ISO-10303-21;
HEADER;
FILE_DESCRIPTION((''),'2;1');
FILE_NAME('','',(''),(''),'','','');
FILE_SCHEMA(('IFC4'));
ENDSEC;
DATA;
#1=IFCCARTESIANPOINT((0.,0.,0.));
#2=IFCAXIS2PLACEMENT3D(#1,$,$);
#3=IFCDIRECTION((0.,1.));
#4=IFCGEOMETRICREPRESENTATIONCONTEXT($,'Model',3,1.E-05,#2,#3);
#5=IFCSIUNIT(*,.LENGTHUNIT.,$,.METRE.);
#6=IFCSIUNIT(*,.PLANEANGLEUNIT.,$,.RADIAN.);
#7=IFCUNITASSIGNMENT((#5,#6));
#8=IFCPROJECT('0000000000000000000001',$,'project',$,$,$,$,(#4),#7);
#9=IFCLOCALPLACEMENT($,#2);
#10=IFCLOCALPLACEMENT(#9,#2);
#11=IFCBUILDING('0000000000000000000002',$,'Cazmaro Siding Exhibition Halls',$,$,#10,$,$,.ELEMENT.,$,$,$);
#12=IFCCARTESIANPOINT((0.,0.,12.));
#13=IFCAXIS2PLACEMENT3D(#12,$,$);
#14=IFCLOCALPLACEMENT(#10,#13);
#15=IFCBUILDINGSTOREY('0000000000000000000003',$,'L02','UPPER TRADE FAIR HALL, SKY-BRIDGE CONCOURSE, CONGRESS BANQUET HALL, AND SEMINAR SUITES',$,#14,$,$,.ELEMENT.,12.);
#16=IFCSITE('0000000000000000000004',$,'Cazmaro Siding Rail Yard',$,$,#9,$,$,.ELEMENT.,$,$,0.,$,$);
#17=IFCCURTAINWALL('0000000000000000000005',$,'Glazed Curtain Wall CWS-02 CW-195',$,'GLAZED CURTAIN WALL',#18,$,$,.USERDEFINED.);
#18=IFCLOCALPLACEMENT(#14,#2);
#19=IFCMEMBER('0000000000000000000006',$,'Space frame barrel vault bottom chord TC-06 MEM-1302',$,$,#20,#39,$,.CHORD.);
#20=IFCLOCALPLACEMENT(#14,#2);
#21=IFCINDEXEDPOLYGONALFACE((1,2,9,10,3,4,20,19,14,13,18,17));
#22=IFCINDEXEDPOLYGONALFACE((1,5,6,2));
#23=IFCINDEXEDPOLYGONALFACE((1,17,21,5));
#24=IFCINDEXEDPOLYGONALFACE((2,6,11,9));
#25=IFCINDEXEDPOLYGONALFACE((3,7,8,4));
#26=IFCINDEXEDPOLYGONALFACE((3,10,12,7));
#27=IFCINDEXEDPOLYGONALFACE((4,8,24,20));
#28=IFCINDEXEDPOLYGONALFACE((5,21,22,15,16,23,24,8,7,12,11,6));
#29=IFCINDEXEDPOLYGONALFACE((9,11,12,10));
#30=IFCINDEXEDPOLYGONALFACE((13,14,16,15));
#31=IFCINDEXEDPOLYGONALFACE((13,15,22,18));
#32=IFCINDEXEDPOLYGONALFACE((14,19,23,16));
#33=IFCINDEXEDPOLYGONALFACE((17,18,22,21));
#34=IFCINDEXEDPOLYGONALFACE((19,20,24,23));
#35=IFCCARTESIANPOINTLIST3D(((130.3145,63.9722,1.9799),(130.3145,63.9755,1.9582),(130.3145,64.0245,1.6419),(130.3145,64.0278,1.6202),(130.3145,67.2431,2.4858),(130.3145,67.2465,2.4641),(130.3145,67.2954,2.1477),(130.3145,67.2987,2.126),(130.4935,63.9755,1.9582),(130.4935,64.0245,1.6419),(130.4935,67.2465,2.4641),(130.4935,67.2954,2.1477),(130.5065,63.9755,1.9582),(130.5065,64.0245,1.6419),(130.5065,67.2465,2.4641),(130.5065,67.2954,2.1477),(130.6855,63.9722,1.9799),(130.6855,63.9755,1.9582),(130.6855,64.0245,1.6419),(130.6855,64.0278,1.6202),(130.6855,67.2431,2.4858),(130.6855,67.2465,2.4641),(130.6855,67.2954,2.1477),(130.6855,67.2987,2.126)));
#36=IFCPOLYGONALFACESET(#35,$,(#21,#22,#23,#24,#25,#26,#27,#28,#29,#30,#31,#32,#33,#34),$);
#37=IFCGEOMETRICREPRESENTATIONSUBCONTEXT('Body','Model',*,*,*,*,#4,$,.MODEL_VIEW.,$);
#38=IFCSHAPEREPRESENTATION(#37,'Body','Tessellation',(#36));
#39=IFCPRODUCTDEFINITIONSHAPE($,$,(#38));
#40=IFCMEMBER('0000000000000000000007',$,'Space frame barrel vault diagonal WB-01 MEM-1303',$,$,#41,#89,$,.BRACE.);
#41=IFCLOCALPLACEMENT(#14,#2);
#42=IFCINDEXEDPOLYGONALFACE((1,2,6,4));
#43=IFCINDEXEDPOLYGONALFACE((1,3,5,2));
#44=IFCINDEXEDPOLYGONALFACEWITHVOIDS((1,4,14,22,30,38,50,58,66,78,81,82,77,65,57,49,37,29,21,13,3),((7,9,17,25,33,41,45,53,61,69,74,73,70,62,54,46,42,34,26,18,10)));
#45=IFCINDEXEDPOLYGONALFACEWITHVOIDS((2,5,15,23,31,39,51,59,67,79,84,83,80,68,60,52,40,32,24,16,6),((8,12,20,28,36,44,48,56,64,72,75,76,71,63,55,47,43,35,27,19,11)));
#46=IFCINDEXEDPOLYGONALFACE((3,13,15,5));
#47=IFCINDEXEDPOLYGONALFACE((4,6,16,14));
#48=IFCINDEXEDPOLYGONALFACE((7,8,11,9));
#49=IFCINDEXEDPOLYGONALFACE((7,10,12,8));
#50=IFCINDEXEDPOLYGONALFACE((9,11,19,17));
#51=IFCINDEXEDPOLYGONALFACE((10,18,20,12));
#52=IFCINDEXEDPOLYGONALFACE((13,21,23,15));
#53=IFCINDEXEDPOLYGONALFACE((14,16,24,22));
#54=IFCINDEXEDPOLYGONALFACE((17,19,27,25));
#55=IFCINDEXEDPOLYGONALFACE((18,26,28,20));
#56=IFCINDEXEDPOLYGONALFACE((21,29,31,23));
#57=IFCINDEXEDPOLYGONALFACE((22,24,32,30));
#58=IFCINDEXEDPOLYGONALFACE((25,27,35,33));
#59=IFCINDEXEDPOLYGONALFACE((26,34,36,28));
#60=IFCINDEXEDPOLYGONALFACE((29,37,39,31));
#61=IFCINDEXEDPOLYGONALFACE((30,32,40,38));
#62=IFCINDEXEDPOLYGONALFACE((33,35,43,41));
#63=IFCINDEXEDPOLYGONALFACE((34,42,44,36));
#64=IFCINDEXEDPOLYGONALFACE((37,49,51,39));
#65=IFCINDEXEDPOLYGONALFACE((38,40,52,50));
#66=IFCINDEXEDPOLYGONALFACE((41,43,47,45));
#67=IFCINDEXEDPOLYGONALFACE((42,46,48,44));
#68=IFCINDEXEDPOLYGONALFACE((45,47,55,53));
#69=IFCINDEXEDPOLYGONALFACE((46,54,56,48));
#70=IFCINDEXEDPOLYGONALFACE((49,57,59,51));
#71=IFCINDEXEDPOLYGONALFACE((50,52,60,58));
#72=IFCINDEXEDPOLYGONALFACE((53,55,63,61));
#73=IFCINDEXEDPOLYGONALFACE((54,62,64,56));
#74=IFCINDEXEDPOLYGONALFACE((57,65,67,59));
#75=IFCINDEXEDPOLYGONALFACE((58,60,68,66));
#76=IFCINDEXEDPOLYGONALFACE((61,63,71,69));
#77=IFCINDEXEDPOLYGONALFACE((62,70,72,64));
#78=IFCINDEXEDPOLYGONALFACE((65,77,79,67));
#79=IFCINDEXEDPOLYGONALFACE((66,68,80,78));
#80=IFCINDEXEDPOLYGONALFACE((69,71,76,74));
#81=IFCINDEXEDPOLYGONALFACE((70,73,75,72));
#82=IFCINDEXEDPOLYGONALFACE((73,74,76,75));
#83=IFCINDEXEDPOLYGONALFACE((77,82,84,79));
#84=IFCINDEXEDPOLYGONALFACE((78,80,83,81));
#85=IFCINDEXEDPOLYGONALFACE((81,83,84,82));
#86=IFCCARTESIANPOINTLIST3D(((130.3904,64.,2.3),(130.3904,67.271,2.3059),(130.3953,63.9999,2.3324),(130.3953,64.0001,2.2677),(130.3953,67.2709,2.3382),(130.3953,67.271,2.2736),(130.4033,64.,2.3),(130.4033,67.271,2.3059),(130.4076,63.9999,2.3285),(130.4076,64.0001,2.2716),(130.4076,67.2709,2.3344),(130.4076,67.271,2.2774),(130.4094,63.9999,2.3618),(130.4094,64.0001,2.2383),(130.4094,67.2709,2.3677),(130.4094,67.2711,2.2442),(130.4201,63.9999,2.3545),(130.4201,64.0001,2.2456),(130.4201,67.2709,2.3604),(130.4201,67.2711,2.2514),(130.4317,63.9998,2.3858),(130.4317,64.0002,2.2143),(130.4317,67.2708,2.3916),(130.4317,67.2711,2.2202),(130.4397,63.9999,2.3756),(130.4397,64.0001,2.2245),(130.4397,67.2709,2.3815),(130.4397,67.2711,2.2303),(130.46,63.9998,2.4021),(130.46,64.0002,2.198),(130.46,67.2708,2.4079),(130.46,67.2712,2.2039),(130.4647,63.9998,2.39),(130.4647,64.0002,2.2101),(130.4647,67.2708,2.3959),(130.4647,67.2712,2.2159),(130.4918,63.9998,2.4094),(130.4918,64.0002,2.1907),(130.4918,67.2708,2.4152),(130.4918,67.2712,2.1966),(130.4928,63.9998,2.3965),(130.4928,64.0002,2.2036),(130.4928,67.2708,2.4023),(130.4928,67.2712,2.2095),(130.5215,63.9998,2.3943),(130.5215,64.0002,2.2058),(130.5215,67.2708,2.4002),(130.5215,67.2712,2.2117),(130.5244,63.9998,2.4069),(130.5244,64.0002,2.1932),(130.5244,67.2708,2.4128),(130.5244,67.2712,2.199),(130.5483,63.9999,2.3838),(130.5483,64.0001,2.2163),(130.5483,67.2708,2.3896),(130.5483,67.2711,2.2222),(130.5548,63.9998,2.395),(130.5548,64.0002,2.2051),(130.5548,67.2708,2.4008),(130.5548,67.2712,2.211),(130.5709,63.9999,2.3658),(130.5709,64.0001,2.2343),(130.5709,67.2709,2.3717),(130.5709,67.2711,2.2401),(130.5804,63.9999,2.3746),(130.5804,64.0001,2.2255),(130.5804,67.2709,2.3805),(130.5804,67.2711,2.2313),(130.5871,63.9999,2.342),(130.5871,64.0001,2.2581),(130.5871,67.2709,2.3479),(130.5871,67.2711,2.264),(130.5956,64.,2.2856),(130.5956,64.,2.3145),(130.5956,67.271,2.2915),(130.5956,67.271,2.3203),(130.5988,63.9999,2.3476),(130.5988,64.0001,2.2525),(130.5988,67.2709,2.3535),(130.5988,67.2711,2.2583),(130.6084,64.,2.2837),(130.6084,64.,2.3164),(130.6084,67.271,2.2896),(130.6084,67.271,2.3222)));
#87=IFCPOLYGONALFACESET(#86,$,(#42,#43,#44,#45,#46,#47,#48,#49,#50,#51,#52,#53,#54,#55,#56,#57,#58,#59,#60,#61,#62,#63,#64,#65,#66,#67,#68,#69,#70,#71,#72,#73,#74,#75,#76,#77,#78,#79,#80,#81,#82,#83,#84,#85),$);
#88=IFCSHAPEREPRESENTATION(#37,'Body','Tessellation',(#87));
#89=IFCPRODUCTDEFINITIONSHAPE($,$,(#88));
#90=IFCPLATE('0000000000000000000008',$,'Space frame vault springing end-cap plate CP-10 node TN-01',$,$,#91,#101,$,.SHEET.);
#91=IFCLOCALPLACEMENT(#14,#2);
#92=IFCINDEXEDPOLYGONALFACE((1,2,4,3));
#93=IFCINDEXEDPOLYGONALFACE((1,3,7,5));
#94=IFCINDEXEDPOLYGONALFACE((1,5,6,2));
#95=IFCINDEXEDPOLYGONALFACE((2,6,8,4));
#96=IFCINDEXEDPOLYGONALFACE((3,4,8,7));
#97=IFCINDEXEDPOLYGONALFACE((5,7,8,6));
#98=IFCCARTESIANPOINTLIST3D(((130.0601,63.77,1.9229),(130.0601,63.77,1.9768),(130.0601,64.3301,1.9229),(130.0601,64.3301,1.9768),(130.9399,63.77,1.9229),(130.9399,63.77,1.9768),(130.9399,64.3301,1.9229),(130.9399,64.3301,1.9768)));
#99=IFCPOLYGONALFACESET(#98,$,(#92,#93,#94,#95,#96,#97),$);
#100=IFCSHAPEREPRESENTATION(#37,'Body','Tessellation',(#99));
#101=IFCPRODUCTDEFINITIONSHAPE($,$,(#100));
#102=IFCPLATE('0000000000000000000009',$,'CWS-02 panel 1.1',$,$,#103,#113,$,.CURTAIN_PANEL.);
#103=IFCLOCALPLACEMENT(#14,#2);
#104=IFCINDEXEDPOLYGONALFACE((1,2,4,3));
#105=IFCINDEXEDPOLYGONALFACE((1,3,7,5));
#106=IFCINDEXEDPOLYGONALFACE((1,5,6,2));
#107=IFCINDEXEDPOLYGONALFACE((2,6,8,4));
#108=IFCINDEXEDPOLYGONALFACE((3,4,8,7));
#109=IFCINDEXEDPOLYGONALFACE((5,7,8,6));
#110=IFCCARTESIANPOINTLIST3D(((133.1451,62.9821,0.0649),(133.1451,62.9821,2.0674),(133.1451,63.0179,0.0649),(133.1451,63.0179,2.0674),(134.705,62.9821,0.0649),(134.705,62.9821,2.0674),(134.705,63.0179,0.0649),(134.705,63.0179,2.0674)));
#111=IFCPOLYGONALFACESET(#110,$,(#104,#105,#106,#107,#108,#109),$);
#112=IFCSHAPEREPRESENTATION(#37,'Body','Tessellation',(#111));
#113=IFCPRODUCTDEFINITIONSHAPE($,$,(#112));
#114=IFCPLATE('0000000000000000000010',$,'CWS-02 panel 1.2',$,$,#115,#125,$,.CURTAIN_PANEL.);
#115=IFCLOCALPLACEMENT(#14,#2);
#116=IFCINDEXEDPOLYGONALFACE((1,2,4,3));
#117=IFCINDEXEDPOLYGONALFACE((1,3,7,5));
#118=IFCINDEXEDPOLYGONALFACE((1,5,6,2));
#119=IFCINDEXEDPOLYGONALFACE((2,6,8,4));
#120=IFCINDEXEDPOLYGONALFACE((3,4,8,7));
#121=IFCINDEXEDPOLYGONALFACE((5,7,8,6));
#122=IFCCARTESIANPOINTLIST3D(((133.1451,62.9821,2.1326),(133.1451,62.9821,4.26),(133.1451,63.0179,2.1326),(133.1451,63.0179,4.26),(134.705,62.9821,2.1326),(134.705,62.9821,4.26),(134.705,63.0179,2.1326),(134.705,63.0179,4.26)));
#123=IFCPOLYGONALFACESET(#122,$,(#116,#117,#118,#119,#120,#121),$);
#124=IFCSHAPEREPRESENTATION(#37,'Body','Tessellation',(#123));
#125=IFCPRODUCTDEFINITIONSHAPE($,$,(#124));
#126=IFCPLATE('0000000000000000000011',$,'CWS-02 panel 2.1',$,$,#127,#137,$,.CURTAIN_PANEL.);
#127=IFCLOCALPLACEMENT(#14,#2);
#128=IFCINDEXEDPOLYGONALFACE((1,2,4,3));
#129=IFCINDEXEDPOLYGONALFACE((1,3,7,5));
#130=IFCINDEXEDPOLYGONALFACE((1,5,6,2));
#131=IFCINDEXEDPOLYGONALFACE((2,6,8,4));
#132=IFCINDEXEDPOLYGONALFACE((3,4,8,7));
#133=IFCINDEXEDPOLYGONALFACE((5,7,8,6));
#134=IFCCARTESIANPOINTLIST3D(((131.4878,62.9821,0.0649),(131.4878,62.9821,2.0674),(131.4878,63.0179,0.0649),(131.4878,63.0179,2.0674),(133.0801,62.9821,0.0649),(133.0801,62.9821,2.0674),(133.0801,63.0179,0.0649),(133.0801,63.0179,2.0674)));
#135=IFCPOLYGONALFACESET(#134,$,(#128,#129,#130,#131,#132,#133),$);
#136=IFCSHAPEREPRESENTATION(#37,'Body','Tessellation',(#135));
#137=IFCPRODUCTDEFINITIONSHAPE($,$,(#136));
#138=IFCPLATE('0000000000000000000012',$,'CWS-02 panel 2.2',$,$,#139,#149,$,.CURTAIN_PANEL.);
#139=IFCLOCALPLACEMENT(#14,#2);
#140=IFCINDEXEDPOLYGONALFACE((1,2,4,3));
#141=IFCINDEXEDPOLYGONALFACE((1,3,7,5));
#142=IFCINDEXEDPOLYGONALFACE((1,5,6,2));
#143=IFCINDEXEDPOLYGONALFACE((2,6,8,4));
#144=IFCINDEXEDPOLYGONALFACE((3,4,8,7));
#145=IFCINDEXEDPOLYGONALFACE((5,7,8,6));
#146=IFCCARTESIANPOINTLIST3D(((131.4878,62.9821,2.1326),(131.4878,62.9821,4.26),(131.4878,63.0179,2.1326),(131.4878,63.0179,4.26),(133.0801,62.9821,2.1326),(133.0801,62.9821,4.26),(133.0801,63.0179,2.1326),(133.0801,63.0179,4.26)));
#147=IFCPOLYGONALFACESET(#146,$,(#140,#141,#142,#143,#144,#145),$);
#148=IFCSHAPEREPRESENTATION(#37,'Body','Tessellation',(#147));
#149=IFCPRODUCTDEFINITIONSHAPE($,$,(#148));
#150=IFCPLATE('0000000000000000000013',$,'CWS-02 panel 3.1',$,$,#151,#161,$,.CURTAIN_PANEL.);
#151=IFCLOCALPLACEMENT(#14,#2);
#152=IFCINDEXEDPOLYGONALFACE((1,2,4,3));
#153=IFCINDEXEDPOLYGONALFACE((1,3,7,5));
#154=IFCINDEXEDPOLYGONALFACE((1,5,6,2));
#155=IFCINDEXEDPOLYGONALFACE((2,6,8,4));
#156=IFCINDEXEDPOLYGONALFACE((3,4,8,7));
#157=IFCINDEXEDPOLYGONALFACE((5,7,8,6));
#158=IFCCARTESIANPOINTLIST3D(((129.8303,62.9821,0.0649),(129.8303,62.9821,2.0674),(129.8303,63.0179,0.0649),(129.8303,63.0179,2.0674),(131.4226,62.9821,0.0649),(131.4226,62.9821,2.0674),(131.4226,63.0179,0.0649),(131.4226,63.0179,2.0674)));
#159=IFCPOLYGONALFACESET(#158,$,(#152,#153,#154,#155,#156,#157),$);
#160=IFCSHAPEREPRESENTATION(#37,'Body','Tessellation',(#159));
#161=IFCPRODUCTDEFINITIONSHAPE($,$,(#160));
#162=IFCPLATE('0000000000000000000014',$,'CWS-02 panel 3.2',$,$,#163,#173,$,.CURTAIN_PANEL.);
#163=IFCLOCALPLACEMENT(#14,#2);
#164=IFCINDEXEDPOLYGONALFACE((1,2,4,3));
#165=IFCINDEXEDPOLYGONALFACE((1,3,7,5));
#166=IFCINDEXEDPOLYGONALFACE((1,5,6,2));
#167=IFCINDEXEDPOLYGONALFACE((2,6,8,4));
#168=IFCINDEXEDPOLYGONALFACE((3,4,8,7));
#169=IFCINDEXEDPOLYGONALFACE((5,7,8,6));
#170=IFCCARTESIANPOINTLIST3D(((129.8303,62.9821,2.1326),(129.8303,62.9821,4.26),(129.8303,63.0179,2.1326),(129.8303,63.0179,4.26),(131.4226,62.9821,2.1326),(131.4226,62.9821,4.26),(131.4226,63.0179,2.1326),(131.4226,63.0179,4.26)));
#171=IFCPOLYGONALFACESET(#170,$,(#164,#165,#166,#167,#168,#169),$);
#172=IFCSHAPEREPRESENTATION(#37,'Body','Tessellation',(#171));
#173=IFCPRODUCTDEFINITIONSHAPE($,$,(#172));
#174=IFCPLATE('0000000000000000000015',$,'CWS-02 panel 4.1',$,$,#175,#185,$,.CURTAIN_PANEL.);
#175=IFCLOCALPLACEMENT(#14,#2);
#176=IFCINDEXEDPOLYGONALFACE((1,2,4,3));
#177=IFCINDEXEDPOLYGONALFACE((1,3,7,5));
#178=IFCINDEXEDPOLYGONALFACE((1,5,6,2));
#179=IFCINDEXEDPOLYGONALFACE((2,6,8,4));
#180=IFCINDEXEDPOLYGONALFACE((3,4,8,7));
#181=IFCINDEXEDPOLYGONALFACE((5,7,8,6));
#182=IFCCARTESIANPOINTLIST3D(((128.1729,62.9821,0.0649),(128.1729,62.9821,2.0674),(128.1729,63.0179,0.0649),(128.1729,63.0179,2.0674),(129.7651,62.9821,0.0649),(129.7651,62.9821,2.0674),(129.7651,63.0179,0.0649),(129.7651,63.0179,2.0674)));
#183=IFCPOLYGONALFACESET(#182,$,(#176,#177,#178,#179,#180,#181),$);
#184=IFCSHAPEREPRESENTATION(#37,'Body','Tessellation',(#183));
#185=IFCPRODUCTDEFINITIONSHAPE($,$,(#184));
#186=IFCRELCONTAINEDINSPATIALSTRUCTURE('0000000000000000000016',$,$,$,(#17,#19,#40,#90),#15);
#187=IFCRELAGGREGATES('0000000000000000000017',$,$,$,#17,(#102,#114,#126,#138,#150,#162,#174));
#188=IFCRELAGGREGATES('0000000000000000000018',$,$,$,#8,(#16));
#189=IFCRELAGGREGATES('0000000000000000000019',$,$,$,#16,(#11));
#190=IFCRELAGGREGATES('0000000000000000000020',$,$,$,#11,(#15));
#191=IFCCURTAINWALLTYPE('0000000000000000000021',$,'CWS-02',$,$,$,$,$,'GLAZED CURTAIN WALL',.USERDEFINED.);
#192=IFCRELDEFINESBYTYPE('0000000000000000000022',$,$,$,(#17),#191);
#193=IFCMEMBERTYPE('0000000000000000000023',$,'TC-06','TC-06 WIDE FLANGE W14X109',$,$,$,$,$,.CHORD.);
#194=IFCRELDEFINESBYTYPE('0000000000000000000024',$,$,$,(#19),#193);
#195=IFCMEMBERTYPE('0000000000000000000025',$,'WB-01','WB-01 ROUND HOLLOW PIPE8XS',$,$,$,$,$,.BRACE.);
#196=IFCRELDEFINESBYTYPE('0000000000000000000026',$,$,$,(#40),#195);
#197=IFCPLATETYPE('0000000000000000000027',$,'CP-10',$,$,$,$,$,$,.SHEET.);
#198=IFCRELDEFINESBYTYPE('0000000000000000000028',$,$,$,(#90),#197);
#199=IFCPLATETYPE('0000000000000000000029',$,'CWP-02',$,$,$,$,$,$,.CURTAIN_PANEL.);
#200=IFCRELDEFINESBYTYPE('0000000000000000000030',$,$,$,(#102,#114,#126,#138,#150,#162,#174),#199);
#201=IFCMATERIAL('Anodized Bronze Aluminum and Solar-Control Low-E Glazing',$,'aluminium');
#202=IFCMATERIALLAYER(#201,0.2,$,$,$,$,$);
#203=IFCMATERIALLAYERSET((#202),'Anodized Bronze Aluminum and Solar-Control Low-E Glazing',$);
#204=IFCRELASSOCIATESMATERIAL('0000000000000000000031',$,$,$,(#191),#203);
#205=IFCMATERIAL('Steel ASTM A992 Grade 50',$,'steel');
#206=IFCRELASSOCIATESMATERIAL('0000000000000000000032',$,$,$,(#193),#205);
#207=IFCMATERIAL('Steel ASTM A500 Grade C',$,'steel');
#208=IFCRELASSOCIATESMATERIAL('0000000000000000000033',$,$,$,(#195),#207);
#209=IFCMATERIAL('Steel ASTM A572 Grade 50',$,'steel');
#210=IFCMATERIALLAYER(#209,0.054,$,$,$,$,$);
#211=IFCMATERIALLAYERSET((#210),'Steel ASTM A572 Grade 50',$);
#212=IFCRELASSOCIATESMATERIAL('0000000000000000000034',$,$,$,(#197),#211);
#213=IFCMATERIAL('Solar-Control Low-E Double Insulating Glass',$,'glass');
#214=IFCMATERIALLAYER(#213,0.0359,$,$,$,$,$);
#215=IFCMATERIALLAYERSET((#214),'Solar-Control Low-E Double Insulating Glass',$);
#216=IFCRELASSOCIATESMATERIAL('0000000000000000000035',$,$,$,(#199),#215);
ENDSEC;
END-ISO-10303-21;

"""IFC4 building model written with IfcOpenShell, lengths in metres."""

from ifc_helpers import new_model, si_unit, direction, frame, origin, origin_2d, place, context, subcontext, project, spatial, rectangle, hollow_circle, i_section, extrude, material, layer, layer_set, material_profile, profile_set, type_object, element, aggregate, save


model = new_model("IFC4")

# Units and contexts
model_context = context("Model", 3, precision=1e-05, world=origin(), true_north=direction((0.0, 1.0)))
body_context = subcontext(model_context, "Body", "Model", "MODEL_VIEW")
ifc_project = project(units=[si_unit("LENGTHUNIT", "METRE"), si_unit("PLANEANGLEUNIT", "RADIAN")], contexts=[model_context])

# Site, building, storey
site_placement = place(None, origin())
site = spatial("IfcSite", under=ifc_project, at=site_placement, Name="Cazmaro Siding Rail Yard", CompositionType="ELEMENT", RefElevation=0.0)
building_placement = place(site_placement, origin())
building = spatial("IfcBuilding", under=site, at=building_placement, Name="Cazmaro Siding Exhibition Halls", CompositionType="ELEMENT")
storey_placement = place(building_placement, frame((0.0, 0.0, 12.0)))
storey = spatial("IfcBuildingStorey", under=building, at=storey_placement, Name="L02", Description="UPPER TRADE FAIR HALL, SKY-BRIDGE CONCOURSE, CONGRESS BANQUET HALL, AND SEMINAR SUITES", CompositionType="ELEMENT", Elevation=12.0)

# Curtain wall
ifc_material_1 = material(Name="Anodized Bronze Aluminum and Solar-Control Low-E Glazing", Category="aluminium")
ifc_layer_1 = layer(ifc_material_1, 0.2)
ifc_layer_set_1 = layer_set([ifc_layer_1], Name="Anodized Bronze Aluminum and Solar-Control Low-E Glazing")
curtain_wall_type = type_object("IfcCurtainWallType", Name="CWS-02", ElementType="GLAZED CURTAIN WALL", PredefinedType="USERDEFINED", material=ifc_layer_set_1)
curtain_wall_placement = place(storey_placement, origin())
curtain_wall = element("IfcCurtainWall", 1, at=curtain_wall_placement, inside=storey, type_object=curtain_wall_type, Name="Glazed Curtain Wall CWS-02 CW-195", ObjectType="GLAZED CURTAIN WALL", PredefinedType="USERDEFINED")

# Members
ifc_material_2 = material(Name="Steel ASTM A992 Grade 50", Category="steel")
ifc_material_profile_1 = material_profile(ifc_material_2, i_section(OverallWidth=0.3711, OverallDepth=0.364, WebThickness=0.0129, FlangeThickness=0.022, at=origin_2d()), Name="W14X109")
ifc_profile_set_1 = profile_set([ifc_material_profile_1], Name="Steel ASTM A992 Grade 50")
member_type_1 = type_object("IfcMemberType", Name="TC-06", Description="TC-06 WIDE FLANGE W14X109", PredefinedType="CHORD", material=ifc_profile_set_1)
member_1_placement = place(storey_placement, frame((130.5, 64.0, 1.8), z_axis=(0.0, 0.988252, 0.152833), x_axis=(-1.0, 0.0, 0.0)))
element("IfcMember", 2, at=member_1_placement, inside=storey, type_object=member_type_1, Name="Space frame barrel vault bottom chord TC-06 MEM-1302", PredefinedType="CHORD", context=body_context, shape_type="SweptSolid", body=[
    extrude(i_section(OverallWidth=0.3711, OverallDepth=0.364, WebThickness=0.0129, FlangeThickness=0.022, at=origin_2d()), origin(), (0.0, 0.0, 1.0), 3.3098),
])
ifc_material_3 = material(Name="Steel ASTM A500 Grade C", Category="steel")
ifc_material_profile_2 = material_profile(ifc_material_3, hollow_circle(Radius=0.1096, WallThickness=0.0129, at=origin_2d()), Name="PIPE8XS")
ifc_profile_set_2 = profile_set([ifc_material_profile_2], Name="Steel ASTM A500 Grade C")
member_type_2 = type_object("IfcMemberType", Name="WB-01", Description="WB-01 ROUND HOLLOW PIPE8XS", PredefinedType="BRACE", material=ifc_profile_set_2)
member_2_placement = place(storey_placement, frame((130.5, 64.0, 2.3), z_axis=(0.0, 0.999998, 0.001791), x_axis=(-1.0, 0.0, 0.0)))
element("IfcMember", 3, at=member_2_placement, inside=storey, type_object=member_type_2, Name="Space frame barrel vault diagonal WB-01 MEM-1303", PredefinedType="BRACE", context=body_context, shape_type="SweptSolid", body=[
    extrude(hollow_circle(Radius=0.1096, WallThickness=0.0129, at=origin_2d()), origin(), (0.0, 0.0, 1.0), 3.271),
])

# Plates
ifc_material_4 = material(Name="Steel ASTM A572 Grade 50", Category="steel")
ifc_layer_2 = layer(ifc_material_4, 0.054)
ifc_layer_set_2 = layer_set([ifc_layer_2], Name="Steel ASTM A572 Grade 50")
plate_type_1 = type_object("IfcPlateType", Name="CP-10", PredefinedType="SHEET", material=ifc_layer_set_2)
plate_1_placement = place(storey_placement, frame((130.5, 64.05, 1.9229), z_axis=(0.0, 0.0, 1.0), x_axis=(1.0, 0.0, 0.0)))
element("IfcPlate", 4, at=plate_1_placement, inside=storey, type_object=plate_type_1, Name="Space frame vault springing end-cap plate CP-10 node TN-01", PredefinedType="SHEET", context=body_context, shape_type="SweptSolid", body=[
    extrude(rectangle(XDim=0.8799, YDim=0.5601, at=origin_2d()), origin(), (0.0, 0.0, 1.0), 0.054),
])
ifc_material_5 = material(Name="Solar-Control Low-E Double Insulating Glass", Category="glass")
ifc_layer_3 = layer(ifc_material_5, 0.0359)
ifc_layer_set_3 = layer_set([ifc_layer_3], Name="Solar-Control Low-E Double Insulating Glass")
plate_type_2 = type_object("IfcPlateType", Name="CWP-02", PredefinedType="CURTAIN_PANEL", material=ifc_layer_set_3)
plate_2_placement = place(storey_placement, frame((133.925, 63.0, 0.0649), z_axis=(0.0, 0.0, 1.0), x_axis=(-1.0, 0.0, 0.0)))
plate_2 = element("IfcPlate", 5, at=plate_2_placement, type_object=plate_type_2, Name="CWS-02 panel 1.1", PredefinedType="CURTAIN_PANEL", context=body_context, shape_type="SweptSolid", body=[
    extrude(rectangle(XDim=1.5598, YDim=0.0359, at=origin_2d()), origin(), (0.0, 0.0, 1.0), 2.0024),
])
plate_3_placement = place(storey_placement, frame((133.925, 63.0, 2.1326), z_axis=(0.0, 0.0, 1.0), x_axis=(-1.0, 0.0, 0.0)))
plate_3 = element("IfcPlate", 6, at=plate_3_placement, type_object=plate_type_2, Name="CWS-02 panel 1.2", PredefinedType="CURTAIN_PANEL", context=body_context, shape_type="SweptSolid", body=[
    extrude(rectangle(XDim=1.5598, YDim=0.0359, at=origin_2d()), origin(), (0.0, 0.0, 1.0), 2.1274),
])
plate_4_placement = place(storey_placement, frame((132.2839, 63.0, 0.0649), z_axis=(0.0, 0.0, 1.0), x_axis=(-1.0, 0.0, 0.0)))
plate_4 = element("IfcPlate", 7, at=plate_4_placement, type_object=plate_type_2, Name="CWS-02 panel 2.1", PredefinedType="CURTAIN_PANEL", context=body_context, shape_type="SweptSolid", body=[
    extrude(rectangle(XDim=1.5923, YDim=0.0359, at=origin_2d()), origin(), (0.0, 0.0, 1.0), 2.0024),
])
plate_5_placement = place(storey_placement, frame((132.2839, 63.0, 2.1326), z_axis=(0.0, 0.0, 1.0), x_axis=(-1.0, 0.0, 0.0)))
plate_5 = element("IfcPlate", 8, at=plate_5_placement, type_object=plate_type_2, Name="CWS-02 panel 2.2", PredefinedType="CURTAIN_PANEL", context=body_context, shape_type="SweptSolid", body=[
    extrude(rectangle(XDim=1.5923, YDim=0.0359, at=origin_2d()), origin(), (0.0, 0.0, 1.0), 2.1274),
])
plate_6_placement = place(storey_placement, frame((130.6265, 63.0, 0.0649), z_axis=(0.0, 0.0, 1.0), x_axis=(-1.0, 0.0, 0.0)))
plate_6 = element("IfcPlate", 9, at=plate_6_placement, type_object=plate_type_2, Name="CWS-02 panel 3.1", PredefinedType="CURTAIN_PANEL", context=body_context, shape_type="SweptSolid", body=[
    extrude(rectangle(XDim=1.5923, YDim=0.0359, at=origin_2d()), origin(), (0.0, 0.0, 1.0), 2.0024),
])
plate_7_placement = place(storey_placement, frame((130.6265, 63.0, 2.1326), z_axis=(0.0, 0.0, 1.0), x_axis=(-1.0, 0.0, 0.0)))
plate_7 = element("IfcPlate", 10, at=plate_7_placement, type_object=plate_type_2, Name="CWS-02 panel 3.2", PredefinedType="CURTAIN_PANEL", context=body_context, shape_type="SweptSolid", body=[
    extrude(rectangle(XDim=1.5923, YDim=0.0359, at=origin_2d()), origin(), (0.0, 0.0, 1.0), 2.1274),
])
plate_8_placement = place(storey_placement, frame((128.969, 63.0, 0.0649), z_axis=(0.0, 0.0, 1.0), x_axis=(-1.0, 0.0, 0.0)))
plate_8 = element("IfcPlate", 11, at=plate_8_placement, type_object=plate_type_2, Name="CWS-02 panel 4.1", PredefinedType="CURTAIN_PANEL", context=body_context, shape_type="SweptSolid", body=[
    extrude(rectangle(XDim=1.5923, YDim=0.0359, at=origin_2d()), origin(), (0.0, 0.0, 1.0), 2.0024),
])
aggregate(curtain_wall, [plate_2, plate_3, plate_4, plate_5, plate_6, plate_7, plate_8])

save(model, "model.ifc")
